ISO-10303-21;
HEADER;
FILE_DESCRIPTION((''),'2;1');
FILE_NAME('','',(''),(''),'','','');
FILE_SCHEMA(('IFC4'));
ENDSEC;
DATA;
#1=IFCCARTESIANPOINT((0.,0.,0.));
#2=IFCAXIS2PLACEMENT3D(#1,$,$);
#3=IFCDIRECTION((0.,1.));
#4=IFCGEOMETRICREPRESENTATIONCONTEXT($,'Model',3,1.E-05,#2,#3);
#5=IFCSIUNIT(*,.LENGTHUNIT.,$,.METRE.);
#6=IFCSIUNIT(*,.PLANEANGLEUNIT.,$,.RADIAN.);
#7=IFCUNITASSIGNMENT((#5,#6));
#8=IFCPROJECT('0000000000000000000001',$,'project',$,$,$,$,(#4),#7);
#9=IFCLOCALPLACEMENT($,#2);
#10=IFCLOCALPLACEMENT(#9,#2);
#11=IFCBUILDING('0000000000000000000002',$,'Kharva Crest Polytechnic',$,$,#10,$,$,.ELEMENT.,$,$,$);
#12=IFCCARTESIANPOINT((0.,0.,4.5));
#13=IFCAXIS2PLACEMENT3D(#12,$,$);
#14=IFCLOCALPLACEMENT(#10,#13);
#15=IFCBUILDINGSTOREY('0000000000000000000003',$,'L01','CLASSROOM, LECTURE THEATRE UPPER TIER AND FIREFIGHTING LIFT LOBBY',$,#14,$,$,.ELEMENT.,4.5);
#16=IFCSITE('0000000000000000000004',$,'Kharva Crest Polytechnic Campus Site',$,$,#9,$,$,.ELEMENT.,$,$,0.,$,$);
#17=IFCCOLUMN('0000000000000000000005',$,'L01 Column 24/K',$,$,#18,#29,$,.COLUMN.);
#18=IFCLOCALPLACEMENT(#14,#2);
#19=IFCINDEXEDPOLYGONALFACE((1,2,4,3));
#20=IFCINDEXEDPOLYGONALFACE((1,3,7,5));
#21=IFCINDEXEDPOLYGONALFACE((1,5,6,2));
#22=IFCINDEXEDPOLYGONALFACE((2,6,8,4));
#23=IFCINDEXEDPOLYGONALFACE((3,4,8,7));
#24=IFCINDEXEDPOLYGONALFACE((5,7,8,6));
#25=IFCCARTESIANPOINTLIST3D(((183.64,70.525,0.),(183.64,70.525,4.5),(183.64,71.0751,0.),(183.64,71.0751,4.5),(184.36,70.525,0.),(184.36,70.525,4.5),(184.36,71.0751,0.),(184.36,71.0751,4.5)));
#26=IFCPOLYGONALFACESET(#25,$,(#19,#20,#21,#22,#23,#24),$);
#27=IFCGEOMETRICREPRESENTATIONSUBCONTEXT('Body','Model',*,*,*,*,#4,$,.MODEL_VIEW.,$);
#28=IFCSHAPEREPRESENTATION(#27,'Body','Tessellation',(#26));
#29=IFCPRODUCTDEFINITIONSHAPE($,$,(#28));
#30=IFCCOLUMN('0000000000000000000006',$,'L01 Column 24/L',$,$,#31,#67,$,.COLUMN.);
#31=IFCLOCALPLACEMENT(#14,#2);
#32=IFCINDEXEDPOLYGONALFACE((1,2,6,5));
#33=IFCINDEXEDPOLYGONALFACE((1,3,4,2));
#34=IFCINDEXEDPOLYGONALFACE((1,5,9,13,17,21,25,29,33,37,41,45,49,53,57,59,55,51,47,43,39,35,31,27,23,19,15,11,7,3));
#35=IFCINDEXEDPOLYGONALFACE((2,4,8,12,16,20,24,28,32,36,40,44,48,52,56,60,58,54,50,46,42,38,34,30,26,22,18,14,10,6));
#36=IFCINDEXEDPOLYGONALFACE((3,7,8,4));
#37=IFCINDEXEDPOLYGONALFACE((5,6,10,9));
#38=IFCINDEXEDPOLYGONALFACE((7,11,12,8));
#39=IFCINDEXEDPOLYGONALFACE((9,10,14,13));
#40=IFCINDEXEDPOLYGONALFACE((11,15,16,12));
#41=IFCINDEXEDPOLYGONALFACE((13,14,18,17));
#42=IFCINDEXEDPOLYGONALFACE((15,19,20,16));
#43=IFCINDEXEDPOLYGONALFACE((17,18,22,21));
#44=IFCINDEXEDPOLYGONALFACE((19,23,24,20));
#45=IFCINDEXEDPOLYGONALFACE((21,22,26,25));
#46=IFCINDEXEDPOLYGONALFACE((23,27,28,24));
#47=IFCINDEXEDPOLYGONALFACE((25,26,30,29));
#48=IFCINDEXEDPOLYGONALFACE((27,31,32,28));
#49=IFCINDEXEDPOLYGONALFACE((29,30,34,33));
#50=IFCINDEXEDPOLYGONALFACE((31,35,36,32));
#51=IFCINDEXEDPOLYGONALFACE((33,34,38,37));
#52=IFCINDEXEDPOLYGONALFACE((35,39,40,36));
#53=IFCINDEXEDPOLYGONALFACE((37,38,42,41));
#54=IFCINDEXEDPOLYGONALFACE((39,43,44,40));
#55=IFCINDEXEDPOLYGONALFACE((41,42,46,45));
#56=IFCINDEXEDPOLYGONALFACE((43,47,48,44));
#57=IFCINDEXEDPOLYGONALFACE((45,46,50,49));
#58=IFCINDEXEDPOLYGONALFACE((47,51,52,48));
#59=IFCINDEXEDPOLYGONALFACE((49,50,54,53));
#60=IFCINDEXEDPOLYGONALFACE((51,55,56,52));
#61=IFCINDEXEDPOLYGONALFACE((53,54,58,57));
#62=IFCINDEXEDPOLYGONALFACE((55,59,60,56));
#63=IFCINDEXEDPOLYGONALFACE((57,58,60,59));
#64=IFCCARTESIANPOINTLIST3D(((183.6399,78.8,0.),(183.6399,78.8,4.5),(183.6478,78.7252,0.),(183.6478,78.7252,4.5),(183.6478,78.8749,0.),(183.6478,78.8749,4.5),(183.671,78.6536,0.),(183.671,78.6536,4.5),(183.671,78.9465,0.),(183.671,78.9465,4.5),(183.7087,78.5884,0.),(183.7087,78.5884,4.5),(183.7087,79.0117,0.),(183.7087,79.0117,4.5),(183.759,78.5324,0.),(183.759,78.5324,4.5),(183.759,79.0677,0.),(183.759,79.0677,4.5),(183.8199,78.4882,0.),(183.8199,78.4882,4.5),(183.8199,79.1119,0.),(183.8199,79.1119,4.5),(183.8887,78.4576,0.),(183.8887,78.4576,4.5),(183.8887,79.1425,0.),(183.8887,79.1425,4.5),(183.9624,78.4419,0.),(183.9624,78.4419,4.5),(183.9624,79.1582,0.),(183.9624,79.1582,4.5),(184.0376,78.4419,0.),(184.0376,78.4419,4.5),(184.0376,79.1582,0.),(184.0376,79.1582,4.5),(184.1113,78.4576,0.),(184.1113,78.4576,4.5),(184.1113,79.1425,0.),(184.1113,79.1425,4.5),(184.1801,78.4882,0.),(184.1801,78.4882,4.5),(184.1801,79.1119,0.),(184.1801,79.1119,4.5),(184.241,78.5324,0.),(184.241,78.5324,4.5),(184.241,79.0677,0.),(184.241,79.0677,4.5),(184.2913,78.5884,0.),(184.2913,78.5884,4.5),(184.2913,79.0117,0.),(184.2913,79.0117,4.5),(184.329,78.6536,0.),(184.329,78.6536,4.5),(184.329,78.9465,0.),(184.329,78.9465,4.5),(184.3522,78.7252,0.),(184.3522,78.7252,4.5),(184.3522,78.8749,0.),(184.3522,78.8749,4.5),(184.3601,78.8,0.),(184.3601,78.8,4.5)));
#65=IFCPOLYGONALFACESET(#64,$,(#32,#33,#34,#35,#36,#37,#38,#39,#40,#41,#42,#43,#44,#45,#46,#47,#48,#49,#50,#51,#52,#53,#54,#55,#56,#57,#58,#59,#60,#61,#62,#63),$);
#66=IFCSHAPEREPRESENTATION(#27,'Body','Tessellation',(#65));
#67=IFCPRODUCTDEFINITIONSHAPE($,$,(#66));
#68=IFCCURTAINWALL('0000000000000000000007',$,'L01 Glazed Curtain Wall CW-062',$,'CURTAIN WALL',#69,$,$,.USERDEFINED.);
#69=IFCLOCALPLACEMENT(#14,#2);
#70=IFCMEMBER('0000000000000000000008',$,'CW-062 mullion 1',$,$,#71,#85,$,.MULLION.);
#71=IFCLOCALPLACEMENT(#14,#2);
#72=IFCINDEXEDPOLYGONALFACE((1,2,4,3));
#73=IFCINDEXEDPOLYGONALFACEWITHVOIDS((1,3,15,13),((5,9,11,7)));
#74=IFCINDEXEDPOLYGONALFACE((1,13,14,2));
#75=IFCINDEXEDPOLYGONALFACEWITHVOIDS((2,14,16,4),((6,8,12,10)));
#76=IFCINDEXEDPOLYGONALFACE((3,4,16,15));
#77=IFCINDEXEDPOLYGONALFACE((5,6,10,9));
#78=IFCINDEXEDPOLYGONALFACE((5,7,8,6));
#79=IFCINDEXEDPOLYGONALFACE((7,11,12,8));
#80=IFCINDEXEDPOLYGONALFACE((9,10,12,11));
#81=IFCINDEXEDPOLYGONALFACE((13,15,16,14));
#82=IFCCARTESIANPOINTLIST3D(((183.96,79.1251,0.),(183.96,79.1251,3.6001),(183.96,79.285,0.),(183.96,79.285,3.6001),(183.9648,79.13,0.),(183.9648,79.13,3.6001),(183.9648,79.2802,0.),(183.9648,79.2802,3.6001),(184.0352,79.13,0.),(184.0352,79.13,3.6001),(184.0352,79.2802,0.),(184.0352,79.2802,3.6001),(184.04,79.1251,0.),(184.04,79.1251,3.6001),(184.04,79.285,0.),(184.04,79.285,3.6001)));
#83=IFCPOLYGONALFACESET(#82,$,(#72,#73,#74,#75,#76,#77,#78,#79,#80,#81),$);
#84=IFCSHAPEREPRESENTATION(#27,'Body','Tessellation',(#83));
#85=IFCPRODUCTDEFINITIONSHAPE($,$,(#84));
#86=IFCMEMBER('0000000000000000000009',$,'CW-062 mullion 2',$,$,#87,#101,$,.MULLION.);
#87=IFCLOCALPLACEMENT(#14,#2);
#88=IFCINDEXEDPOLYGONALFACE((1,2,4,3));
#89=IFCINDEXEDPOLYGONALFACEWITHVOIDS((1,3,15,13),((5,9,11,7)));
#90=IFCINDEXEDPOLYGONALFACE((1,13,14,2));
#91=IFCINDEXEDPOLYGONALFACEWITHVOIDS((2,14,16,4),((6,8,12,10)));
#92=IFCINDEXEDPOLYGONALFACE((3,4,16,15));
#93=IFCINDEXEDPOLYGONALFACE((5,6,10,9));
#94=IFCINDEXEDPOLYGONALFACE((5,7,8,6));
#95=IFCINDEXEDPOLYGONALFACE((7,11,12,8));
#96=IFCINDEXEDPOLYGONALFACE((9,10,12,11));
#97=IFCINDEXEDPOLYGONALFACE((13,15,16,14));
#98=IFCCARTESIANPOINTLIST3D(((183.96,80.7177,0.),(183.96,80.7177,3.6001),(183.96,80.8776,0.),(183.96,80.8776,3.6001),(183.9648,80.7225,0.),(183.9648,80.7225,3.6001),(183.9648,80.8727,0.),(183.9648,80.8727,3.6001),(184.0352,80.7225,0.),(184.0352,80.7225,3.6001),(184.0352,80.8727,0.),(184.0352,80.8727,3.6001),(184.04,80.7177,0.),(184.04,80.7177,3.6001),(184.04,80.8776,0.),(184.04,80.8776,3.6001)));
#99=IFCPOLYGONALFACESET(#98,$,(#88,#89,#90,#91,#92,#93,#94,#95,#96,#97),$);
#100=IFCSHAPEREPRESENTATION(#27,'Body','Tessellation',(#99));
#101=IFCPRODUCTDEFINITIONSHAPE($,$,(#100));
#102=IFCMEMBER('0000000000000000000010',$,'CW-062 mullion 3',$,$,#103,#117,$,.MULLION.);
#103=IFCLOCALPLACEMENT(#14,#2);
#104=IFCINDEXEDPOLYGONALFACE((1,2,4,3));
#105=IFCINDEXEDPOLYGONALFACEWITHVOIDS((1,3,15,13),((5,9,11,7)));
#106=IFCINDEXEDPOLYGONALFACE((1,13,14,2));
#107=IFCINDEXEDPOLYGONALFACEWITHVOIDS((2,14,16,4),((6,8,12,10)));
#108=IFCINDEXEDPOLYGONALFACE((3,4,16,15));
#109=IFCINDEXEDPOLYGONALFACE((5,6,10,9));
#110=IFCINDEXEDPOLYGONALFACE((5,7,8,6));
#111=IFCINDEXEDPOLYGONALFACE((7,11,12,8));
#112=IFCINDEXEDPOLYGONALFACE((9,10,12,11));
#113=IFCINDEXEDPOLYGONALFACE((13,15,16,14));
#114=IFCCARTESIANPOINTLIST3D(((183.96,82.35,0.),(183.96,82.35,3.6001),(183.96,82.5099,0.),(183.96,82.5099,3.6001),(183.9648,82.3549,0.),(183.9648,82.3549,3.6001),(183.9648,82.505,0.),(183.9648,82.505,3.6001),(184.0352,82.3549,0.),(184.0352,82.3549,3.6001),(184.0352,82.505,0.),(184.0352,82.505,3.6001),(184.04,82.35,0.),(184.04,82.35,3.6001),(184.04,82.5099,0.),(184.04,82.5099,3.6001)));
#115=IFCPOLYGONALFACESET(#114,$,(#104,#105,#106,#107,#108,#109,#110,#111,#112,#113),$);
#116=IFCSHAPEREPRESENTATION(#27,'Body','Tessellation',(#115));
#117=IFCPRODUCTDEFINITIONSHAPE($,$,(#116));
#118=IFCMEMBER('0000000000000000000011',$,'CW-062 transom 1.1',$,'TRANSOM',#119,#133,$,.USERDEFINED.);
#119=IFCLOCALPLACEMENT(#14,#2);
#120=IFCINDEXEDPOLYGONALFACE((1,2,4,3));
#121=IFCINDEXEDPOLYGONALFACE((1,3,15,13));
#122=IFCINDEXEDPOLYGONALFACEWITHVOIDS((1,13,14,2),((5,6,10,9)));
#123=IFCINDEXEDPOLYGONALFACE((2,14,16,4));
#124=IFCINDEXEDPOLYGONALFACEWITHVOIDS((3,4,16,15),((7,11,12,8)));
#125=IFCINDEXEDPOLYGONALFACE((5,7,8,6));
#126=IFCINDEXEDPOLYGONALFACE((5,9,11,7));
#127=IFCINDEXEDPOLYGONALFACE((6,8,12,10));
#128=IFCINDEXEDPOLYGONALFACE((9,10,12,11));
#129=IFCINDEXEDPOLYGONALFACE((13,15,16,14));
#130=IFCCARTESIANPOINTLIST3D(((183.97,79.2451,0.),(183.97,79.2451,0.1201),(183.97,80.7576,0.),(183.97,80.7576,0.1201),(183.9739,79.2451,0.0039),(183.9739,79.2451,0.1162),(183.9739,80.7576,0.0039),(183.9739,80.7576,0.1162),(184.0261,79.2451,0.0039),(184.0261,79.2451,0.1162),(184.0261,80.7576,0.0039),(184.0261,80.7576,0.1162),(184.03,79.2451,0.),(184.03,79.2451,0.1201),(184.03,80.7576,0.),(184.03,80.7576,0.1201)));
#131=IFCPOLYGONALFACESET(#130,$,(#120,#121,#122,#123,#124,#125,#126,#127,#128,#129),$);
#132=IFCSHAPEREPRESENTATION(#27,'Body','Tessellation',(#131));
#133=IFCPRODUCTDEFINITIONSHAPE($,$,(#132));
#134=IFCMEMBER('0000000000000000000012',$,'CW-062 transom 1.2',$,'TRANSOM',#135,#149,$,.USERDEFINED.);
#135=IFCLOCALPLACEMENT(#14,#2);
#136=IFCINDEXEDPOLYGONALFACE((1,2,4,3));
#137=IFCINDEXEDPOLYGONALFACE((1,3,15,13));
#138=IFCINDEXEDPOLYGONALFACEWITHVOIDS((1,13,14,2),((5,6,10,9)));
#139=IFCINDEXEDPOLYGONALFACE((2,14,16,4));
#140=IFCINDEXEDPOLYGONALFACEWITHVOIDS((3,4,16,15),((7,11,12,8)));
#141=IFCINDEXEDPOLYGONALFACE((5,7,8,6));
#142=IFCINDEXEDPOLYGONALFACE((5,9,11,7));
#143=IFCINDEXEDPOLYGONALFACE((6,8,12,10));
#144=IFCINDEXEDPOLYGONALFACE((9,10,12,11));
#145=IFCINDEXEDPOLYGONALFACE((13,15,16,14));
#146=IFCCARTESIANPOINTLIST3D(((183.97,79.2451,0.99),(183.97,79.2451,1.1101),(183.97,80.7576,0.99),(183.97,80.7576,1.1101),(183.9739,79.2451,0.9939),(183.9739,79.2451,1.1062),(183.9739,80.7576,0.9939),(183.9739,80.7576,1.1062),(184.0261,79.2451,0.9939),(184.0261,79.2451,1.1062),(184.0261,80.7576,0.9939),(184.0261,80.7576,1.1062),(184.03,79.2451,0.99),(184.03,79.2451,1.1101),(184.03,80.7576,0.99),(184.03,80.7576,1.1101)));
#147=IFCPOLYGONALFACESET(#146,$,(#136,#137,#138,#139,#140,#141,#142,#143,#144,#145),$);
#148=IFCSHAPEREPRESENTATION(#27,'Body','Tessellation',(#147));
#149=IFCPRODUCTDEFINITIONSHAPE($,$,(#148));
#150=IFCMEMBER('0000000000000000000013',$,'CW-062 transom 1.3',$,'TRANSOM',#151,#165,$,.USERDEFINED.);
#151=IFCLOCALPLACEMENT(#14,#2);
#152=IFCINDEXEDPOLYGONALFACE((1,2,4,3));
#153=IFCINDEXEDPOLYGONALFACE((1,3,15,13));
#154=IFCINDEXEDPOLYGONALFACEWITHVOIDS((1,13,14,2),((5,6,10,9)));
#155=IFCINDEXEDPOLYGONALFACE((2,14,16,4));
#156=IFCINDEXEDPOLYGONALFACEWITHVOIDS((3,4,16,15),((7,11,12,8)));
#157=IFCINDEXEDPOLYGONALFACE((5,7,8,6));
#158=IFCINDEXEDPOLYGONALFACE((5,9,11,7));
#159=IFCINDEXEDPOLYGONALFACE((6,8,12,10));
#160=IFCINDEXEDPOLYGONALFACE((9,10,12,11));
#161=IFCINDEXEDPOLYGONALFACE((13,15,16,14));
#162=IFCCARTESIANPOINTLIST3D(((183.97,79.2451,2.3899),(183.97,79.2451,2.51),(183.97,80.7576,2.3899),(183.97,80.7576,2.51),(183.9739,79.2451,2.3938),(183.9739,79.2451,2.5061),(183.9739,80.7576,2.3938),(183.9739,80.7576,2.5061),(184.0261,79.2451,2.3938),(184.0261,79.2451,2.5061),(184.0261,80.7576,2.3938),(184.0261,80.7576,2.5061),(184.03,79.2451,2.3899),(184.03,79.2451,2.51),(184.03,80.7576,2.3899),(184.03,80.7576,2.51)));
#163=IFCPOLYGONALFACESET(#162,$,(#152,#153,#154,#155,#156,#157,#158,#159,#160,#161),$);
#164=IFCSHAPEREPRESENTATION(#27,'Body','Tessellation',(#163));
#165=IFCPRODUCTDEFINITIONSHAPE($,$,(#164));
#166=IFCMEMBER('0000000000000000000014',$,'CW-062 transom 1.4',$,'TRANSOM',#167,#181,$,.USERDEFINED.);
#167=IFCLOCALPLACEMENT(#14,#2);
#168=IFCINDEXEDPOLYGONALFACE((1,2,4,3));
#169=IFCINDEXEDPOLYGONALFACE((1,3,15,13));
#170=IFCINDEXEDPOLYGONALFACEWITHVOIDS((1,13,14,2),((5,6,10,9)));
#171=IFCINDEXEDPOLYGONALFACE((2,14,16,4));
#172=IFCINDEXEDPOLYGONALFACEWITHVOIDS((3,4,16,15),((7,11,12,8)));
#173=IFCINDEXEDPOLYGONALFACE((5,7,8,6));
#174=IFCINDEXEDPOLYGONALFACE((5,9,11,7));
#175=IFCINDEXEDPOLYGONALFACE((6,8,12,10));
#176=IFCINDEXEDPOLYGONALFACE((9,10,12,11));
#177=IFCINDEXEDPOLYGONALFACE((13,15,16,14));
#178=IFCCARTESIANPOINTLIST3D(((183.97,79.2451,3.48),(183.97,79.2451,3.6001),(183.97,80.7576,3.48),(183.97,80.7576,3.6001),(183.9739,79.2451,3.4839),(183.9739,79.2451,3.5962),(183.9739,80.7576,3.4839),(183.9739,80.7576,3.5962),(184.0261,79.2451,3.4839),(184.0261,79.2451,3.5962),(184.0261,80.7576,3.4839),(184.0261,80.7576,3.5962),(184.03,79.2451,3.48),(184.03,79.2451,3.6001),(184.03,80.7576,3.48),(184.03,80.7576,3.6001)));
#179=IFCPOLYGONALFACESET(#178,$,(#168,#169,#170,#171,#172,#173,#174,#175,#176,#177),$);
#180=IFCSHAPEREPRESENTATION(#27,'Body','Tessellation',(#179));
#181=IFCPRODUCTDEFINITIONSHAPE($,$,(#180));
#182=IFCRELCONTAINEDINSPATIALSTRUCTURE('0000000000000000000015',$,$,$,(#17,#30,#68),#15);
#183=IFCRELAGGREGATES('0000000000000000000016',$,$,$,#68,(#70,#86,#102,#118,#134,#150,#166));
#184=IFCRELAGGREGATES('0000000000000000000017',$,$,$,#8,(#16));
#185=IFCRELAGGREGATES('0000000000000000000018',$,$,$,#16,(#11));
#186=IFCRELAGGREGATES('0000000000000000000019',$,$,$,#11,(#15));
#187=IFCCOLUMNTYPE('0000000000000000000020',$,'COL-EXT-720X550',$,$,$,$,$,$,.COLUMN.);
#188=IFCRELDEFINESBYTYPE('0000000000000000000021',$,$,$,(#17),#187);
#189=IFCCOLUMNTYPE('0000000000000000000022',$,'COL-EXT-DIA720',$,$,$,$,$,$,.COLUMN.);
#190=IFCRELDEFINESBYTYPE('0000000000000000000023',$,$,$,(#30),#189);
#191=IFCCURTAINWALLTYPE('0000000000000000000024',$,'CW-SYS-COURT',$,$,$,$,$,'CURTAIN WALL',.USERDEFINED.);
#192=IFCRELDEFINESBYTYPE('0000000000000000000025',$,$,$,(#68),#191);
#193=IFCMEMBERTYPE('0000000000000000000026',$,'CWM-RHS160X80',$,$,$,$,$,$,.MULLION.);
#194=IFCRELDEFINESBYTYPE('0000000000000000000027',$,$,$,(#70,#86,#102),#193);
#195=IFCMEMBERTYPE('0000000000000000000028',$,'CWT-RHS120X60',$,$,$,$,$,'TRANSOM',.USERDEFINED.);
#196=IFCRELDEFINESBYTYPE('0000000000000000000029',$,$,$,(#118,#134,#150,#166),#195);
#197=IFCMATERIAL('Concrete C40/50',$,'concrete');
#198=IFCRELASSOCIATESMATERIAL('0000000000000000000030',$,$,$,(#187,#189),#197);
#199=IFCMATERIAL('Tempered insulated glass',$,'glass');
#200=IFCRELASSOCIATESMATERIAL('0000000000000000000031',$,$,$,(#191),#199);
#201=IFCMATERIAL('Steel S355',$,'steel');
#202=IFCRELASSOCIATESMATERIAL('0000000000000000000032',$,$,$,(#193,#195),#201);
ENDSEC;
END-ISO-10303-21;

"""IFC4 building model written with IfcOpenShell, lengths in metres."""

from ifc_helpers import new_model, si_unit, direction, frame, origin, origin_2d, place, context, subcontext, project, spatial, rectangle, hollow_rectangle, circle, extrude, material, material_profile, profile_set, type_object, element, aggregate, save


model = new_model("IFC4")

# Units and contexts
model_context = context("Model", 3, precision=1e-05, world=origin(), true_north=direction((0.0, 1.0)))
body_context = subcontext(model_context, "Body", "Model", "MODEL_VIEW")
ifc_project = project(units=[si_unit("LENGTHUNIT", "METRE"), si_unit("PLANEANGLEUNIT", "RADIAN")], contexts=[model_context])

# Site, building, storey
site_placement = place(None, origin())
site = spatial("IfcSite", under=ifc_project, at=site_placement, Name="Kharva Crest Polytechnic Campus Site", CompositionType="ELEMENT", RefElevation=0.0)
building_placement = place(site_placement, origin())
building = spatial("IfcBuilding", under=site, at=building_placement, Name="Kharva Crest Polytechnic", CompositionType="ELEMENT")
storey_placement = place(building_placement, frame((0.0, 0.0, 4.5)))
storey = spatial("IfcBuildingStorey", under=building, at=storey_placement, Name="L01", Description="CLASSROOM, LECTURE THEATRE UPPER TIER AND FIREFIGHTING LIFT LOBBY", CompositionType="ELEMENT", Elevation=4.5)

# Columns
ifc_material_1 = material(Name="Concrete C40/50", Category="concrete")
ifc_material_profile_1 = material_profile(ifc_material_1, rectangle(XDim=0.72, YDim=0.55, at=origin_2d()), Name="RECT 720 X 550")
ifc_profile_set_1 = profile_set([ifc_material_profile_1], Name="Concrete C40/50")
column_type_1 = type_object("IfcColumnType", Name="COL-EXT-720X550", PredefinedType="COLUMN", material=ifc_profile_set_1)
column_1_placement = place(storey_placement, frame((184.0, 70.8, 0.0), z_axis=(0.0, 0.0, 1.0), x_axis=(1.0, 0.0, 0.0)))
element("IfcColumn", 1, at=column_1_placement, inside=storey, type_object=column_type_1, Name="L01 Column 24/K", PredefinedType="COLUMN", context=body_context, shape_type="SweptSolid", body=[
    extrude(rectangle(XDim=0.72, YDim=0.55, at=origin_2d()), origin(), (0.0, 0.0, 1.0), 4.5),
])
ifc_material_profile_2 = material_profile(ifc_material_1, circle(Radius=0.3601, at=origin_2d()), Name="DIA 720")
ifc_profile_set_2 = profile_set([ifc_material_profile_2], Name="Concrete C40/50")
column_type_2 = type_object("IfcColumnType", Name="COL-EXT-DIA720", PredefinedType="COLUMN", material=ifc_profile_set_2)
column_2_placement = place(storey_placement, frame((184.0, 78.8, 0.0), z_axis=(0.0, 0.0, 1.0), x_axis=(1.0, 0.0, 0.0)))
element("IfcColumn", 2, at=column_2_placement, inside=storey, type_object=column_type_2, Name="L01 Column 24/L", PredefinedType="COLUMN", context=body_context, shape_type="SweptSolid", body=[
    extrude(circle(Radius=0.3601, at=origin_2d()), origin(), (0.0, 0.0, 1.0), 4.5),
])

# Curtain wall, members
ifc_material_2 = material(Name="Tempered insulated glass", Category="glass")
curtain_wall_type = type_object("IfcCurtainWallType", Name="CW-SYS-COURT", ElementType="CURTAIN WALL", PredefinedType="USERDEFINED", material=ifc_material_2)
curtain_wall_placement = place(storey_placement, origin())
curtain_wall = element("IfcCurtainWall", 3, at=curtain_wall_placement, inside=storey, type_object=curtain_wall_type, Name="L01 Glazed Curtain Wall CW-062", ObjectType="CURTAIN WALL", PredefinedType="USERDEFINED")
ifc_material_3 = material(Name="Steel S355", Category="steel")
ifc_material_profile_3 = material_profile(ifc_material_3, hollow_rectangle(XDim=0.0801, YDim=0.1599, WallThickness=0.0049, at=origin_2d()), Name="RHS 160X80X5.0")
ifc_profile_set_3 = profile_set([ifc_material_profile_3], Name="Steel S355")
member_type_1 = type_object("IfcMemberType", Name="CWM-RHS160X80", PredefinedType="MULLION", material=ifc_profile_set_3)
member_1_placement = place(storey_placement, frame((184.0, 79.2051, 0.0), z_axis=(0.0, 0.0, 1.0), x_axis=(-1.0, 0.0, 0.0)))
member_1 = element("IfcMember", 4, at=member_1_placement, type_object=member_type_1, Name="CW-062 mullion 1", PredefinedType="MULLION", context=body_context, shape_type="SweptSolid", body=[
    extrude(hollow_rectangle(XDim=0.0801, YDim=0.1599, WallThickness=0.0049, at=origin_2d()), origin(), (0.0, 0.0, 1.0), 3.6001),
])
member_2_placement = place(storey_placement, frame((184.0, 80.7976, 0.0), z_axis=(0.0, 0.0, 1.0), x_axis=(-1.0, 0.0, 0.0)))
member_2 = element("IfcMember", 5, at=member_2_placement, type_object=member_type_1, Name="CW-062 mullion 2", PredefinedType="MULLION", context=body_context, shape_type="SweptSolid", body=[
    extrude(hollow_rectangle(XDim=0.0801, YDim=0.1599, WallThickness=0.0049, at=origin_2d()), origin(), (0.0, 0.0, 1.0), 3.6001),
])
member_3_placement = place(storey_placement, frame((184.0, 82.4299, 0.0), z_axis=(0.0, 0.0, 1.0), x_axis=(-1.0, 0.0, 0.0)))
member_3 = element("IfcMember", 6, at=member_3_placement, type_object=member_type_1, Name="CW-062 mullion 3", PredefinedType="MULLION", context=body_context, shape_type="SweptSolid", body=[
    extrude(hollow_rectangle(XDim=0.0801, YDim=0.1599, WallThickness=0.0049, at=origin_2d()), origin(), (0.0, 0.0, 1.0), 3.6001),
])
ifc_material_profile_4 = material_profile(ifc_material_3, hollow_rectangle(XDim=0.0601, YDim=0.1201, WallThickness=0.0039, at=origin_2d()), Name="RHS 120X60X4.0")
ifc_profile_set_4 = profile_set([ifc_material_profile_4], Name="Steel S355")
member_type_2 = type_object("IfcMemberType", Name="CWT-RHS120X60", ElementType="TRANSOM", PredefinedType="USERDEFINED", material=ifc_profile_set_4)
member_4_placement = place(storey_placement, frame((184.0, 79.2451, 0.0601), z_axis=(0.0, 1.0, 0.0), x_axis=(-1.0, 0.0, 0.0)))
member_4 = element("IfcMember", 7, at=member_4_placement, type_object=member_type_2, Name="CW-062 transom 1.1", ObjectType="TRANSOM", PredefinedType="USERDEFINED", context=body_context, shape_type="SweptSolid", body=[
    extrude(hollow_rectangle(XDim=0.0601, YDim=0.1201, WallThickness=0.0039, at=origin_2d()), origin(), (0.0, 0.0, 1.0), 1.5125),
])
member_5_placement = place(storey_placement, frame((184.0, 79.2451, 1.05), z_axis=(0.0, 1.0, 0.0), x_axis=(-1.0, 0.0, 0.0)))
member_5 = element("IfcMember", 8, at=member_5_placement, type_object=member_type_2, Name="CW-062 transom 1.2", ObjectType="TRANSOM", PredefinedType="USERDEFINED", context=body_context, shape_type="SweptSolid", body=[
    extrude(hollow_rectangle(XDim=0.0601, YDim=0.1201, WallThickness=0.0039, at=origin_2d()), origin(), (0.0, 0.0, 1.0), 1.5125),
])
member_6_placement = place(storey_placement, frame((184.0, 79.2451, 2.45), z_axis=(0.0, 1.0, 0.0), x_axis=(-1.0, 0.0, 0.0)))
member_6 = element("IfcMember", 9, at=member_6_placement, type_object=member_type_2, Name="CW-062 transom 1.3", ObjectType="TRANSOM", PredefinedType="USERDEFINED", context=body_context, shape_type="SweptSolid", body=[
    extrude(hollow_rectangle(XDim=0.0601, YDim=0.1201, WallThickness=0.0039, at=origin_2d()), origin(), (0.0, 0.0, 1.0), 1.5125),
])
member_7_placement = place(storey_placement, frame((184.0, 79.2451, 3.54), z_axis=(0.0, 1.0, 0.0), x_axis=(-1.0, 0.0, 0.0)))
member_7 = element("IfcMember", 10, at=member_7_placement, type_object=member_type_2, Name="CW-062 transom 1.4", ObjectType="TRANSOM", PredefinedType="USERDEFINED", context=body_context, shape_type="SweptSolid", body=[
    extrude(hollow_rectangle(XDim=0.0601, YDim=0.1201, WallThickness=0.0039, at=origin_2d()), origin(), (0.0, 0.0, 1.0), 1.5125),
])

aggregate(curtain_wall, [member_1, member_2, member_3, member_4, member_5, member_6, member_7])

save(model, "model.ifc")
